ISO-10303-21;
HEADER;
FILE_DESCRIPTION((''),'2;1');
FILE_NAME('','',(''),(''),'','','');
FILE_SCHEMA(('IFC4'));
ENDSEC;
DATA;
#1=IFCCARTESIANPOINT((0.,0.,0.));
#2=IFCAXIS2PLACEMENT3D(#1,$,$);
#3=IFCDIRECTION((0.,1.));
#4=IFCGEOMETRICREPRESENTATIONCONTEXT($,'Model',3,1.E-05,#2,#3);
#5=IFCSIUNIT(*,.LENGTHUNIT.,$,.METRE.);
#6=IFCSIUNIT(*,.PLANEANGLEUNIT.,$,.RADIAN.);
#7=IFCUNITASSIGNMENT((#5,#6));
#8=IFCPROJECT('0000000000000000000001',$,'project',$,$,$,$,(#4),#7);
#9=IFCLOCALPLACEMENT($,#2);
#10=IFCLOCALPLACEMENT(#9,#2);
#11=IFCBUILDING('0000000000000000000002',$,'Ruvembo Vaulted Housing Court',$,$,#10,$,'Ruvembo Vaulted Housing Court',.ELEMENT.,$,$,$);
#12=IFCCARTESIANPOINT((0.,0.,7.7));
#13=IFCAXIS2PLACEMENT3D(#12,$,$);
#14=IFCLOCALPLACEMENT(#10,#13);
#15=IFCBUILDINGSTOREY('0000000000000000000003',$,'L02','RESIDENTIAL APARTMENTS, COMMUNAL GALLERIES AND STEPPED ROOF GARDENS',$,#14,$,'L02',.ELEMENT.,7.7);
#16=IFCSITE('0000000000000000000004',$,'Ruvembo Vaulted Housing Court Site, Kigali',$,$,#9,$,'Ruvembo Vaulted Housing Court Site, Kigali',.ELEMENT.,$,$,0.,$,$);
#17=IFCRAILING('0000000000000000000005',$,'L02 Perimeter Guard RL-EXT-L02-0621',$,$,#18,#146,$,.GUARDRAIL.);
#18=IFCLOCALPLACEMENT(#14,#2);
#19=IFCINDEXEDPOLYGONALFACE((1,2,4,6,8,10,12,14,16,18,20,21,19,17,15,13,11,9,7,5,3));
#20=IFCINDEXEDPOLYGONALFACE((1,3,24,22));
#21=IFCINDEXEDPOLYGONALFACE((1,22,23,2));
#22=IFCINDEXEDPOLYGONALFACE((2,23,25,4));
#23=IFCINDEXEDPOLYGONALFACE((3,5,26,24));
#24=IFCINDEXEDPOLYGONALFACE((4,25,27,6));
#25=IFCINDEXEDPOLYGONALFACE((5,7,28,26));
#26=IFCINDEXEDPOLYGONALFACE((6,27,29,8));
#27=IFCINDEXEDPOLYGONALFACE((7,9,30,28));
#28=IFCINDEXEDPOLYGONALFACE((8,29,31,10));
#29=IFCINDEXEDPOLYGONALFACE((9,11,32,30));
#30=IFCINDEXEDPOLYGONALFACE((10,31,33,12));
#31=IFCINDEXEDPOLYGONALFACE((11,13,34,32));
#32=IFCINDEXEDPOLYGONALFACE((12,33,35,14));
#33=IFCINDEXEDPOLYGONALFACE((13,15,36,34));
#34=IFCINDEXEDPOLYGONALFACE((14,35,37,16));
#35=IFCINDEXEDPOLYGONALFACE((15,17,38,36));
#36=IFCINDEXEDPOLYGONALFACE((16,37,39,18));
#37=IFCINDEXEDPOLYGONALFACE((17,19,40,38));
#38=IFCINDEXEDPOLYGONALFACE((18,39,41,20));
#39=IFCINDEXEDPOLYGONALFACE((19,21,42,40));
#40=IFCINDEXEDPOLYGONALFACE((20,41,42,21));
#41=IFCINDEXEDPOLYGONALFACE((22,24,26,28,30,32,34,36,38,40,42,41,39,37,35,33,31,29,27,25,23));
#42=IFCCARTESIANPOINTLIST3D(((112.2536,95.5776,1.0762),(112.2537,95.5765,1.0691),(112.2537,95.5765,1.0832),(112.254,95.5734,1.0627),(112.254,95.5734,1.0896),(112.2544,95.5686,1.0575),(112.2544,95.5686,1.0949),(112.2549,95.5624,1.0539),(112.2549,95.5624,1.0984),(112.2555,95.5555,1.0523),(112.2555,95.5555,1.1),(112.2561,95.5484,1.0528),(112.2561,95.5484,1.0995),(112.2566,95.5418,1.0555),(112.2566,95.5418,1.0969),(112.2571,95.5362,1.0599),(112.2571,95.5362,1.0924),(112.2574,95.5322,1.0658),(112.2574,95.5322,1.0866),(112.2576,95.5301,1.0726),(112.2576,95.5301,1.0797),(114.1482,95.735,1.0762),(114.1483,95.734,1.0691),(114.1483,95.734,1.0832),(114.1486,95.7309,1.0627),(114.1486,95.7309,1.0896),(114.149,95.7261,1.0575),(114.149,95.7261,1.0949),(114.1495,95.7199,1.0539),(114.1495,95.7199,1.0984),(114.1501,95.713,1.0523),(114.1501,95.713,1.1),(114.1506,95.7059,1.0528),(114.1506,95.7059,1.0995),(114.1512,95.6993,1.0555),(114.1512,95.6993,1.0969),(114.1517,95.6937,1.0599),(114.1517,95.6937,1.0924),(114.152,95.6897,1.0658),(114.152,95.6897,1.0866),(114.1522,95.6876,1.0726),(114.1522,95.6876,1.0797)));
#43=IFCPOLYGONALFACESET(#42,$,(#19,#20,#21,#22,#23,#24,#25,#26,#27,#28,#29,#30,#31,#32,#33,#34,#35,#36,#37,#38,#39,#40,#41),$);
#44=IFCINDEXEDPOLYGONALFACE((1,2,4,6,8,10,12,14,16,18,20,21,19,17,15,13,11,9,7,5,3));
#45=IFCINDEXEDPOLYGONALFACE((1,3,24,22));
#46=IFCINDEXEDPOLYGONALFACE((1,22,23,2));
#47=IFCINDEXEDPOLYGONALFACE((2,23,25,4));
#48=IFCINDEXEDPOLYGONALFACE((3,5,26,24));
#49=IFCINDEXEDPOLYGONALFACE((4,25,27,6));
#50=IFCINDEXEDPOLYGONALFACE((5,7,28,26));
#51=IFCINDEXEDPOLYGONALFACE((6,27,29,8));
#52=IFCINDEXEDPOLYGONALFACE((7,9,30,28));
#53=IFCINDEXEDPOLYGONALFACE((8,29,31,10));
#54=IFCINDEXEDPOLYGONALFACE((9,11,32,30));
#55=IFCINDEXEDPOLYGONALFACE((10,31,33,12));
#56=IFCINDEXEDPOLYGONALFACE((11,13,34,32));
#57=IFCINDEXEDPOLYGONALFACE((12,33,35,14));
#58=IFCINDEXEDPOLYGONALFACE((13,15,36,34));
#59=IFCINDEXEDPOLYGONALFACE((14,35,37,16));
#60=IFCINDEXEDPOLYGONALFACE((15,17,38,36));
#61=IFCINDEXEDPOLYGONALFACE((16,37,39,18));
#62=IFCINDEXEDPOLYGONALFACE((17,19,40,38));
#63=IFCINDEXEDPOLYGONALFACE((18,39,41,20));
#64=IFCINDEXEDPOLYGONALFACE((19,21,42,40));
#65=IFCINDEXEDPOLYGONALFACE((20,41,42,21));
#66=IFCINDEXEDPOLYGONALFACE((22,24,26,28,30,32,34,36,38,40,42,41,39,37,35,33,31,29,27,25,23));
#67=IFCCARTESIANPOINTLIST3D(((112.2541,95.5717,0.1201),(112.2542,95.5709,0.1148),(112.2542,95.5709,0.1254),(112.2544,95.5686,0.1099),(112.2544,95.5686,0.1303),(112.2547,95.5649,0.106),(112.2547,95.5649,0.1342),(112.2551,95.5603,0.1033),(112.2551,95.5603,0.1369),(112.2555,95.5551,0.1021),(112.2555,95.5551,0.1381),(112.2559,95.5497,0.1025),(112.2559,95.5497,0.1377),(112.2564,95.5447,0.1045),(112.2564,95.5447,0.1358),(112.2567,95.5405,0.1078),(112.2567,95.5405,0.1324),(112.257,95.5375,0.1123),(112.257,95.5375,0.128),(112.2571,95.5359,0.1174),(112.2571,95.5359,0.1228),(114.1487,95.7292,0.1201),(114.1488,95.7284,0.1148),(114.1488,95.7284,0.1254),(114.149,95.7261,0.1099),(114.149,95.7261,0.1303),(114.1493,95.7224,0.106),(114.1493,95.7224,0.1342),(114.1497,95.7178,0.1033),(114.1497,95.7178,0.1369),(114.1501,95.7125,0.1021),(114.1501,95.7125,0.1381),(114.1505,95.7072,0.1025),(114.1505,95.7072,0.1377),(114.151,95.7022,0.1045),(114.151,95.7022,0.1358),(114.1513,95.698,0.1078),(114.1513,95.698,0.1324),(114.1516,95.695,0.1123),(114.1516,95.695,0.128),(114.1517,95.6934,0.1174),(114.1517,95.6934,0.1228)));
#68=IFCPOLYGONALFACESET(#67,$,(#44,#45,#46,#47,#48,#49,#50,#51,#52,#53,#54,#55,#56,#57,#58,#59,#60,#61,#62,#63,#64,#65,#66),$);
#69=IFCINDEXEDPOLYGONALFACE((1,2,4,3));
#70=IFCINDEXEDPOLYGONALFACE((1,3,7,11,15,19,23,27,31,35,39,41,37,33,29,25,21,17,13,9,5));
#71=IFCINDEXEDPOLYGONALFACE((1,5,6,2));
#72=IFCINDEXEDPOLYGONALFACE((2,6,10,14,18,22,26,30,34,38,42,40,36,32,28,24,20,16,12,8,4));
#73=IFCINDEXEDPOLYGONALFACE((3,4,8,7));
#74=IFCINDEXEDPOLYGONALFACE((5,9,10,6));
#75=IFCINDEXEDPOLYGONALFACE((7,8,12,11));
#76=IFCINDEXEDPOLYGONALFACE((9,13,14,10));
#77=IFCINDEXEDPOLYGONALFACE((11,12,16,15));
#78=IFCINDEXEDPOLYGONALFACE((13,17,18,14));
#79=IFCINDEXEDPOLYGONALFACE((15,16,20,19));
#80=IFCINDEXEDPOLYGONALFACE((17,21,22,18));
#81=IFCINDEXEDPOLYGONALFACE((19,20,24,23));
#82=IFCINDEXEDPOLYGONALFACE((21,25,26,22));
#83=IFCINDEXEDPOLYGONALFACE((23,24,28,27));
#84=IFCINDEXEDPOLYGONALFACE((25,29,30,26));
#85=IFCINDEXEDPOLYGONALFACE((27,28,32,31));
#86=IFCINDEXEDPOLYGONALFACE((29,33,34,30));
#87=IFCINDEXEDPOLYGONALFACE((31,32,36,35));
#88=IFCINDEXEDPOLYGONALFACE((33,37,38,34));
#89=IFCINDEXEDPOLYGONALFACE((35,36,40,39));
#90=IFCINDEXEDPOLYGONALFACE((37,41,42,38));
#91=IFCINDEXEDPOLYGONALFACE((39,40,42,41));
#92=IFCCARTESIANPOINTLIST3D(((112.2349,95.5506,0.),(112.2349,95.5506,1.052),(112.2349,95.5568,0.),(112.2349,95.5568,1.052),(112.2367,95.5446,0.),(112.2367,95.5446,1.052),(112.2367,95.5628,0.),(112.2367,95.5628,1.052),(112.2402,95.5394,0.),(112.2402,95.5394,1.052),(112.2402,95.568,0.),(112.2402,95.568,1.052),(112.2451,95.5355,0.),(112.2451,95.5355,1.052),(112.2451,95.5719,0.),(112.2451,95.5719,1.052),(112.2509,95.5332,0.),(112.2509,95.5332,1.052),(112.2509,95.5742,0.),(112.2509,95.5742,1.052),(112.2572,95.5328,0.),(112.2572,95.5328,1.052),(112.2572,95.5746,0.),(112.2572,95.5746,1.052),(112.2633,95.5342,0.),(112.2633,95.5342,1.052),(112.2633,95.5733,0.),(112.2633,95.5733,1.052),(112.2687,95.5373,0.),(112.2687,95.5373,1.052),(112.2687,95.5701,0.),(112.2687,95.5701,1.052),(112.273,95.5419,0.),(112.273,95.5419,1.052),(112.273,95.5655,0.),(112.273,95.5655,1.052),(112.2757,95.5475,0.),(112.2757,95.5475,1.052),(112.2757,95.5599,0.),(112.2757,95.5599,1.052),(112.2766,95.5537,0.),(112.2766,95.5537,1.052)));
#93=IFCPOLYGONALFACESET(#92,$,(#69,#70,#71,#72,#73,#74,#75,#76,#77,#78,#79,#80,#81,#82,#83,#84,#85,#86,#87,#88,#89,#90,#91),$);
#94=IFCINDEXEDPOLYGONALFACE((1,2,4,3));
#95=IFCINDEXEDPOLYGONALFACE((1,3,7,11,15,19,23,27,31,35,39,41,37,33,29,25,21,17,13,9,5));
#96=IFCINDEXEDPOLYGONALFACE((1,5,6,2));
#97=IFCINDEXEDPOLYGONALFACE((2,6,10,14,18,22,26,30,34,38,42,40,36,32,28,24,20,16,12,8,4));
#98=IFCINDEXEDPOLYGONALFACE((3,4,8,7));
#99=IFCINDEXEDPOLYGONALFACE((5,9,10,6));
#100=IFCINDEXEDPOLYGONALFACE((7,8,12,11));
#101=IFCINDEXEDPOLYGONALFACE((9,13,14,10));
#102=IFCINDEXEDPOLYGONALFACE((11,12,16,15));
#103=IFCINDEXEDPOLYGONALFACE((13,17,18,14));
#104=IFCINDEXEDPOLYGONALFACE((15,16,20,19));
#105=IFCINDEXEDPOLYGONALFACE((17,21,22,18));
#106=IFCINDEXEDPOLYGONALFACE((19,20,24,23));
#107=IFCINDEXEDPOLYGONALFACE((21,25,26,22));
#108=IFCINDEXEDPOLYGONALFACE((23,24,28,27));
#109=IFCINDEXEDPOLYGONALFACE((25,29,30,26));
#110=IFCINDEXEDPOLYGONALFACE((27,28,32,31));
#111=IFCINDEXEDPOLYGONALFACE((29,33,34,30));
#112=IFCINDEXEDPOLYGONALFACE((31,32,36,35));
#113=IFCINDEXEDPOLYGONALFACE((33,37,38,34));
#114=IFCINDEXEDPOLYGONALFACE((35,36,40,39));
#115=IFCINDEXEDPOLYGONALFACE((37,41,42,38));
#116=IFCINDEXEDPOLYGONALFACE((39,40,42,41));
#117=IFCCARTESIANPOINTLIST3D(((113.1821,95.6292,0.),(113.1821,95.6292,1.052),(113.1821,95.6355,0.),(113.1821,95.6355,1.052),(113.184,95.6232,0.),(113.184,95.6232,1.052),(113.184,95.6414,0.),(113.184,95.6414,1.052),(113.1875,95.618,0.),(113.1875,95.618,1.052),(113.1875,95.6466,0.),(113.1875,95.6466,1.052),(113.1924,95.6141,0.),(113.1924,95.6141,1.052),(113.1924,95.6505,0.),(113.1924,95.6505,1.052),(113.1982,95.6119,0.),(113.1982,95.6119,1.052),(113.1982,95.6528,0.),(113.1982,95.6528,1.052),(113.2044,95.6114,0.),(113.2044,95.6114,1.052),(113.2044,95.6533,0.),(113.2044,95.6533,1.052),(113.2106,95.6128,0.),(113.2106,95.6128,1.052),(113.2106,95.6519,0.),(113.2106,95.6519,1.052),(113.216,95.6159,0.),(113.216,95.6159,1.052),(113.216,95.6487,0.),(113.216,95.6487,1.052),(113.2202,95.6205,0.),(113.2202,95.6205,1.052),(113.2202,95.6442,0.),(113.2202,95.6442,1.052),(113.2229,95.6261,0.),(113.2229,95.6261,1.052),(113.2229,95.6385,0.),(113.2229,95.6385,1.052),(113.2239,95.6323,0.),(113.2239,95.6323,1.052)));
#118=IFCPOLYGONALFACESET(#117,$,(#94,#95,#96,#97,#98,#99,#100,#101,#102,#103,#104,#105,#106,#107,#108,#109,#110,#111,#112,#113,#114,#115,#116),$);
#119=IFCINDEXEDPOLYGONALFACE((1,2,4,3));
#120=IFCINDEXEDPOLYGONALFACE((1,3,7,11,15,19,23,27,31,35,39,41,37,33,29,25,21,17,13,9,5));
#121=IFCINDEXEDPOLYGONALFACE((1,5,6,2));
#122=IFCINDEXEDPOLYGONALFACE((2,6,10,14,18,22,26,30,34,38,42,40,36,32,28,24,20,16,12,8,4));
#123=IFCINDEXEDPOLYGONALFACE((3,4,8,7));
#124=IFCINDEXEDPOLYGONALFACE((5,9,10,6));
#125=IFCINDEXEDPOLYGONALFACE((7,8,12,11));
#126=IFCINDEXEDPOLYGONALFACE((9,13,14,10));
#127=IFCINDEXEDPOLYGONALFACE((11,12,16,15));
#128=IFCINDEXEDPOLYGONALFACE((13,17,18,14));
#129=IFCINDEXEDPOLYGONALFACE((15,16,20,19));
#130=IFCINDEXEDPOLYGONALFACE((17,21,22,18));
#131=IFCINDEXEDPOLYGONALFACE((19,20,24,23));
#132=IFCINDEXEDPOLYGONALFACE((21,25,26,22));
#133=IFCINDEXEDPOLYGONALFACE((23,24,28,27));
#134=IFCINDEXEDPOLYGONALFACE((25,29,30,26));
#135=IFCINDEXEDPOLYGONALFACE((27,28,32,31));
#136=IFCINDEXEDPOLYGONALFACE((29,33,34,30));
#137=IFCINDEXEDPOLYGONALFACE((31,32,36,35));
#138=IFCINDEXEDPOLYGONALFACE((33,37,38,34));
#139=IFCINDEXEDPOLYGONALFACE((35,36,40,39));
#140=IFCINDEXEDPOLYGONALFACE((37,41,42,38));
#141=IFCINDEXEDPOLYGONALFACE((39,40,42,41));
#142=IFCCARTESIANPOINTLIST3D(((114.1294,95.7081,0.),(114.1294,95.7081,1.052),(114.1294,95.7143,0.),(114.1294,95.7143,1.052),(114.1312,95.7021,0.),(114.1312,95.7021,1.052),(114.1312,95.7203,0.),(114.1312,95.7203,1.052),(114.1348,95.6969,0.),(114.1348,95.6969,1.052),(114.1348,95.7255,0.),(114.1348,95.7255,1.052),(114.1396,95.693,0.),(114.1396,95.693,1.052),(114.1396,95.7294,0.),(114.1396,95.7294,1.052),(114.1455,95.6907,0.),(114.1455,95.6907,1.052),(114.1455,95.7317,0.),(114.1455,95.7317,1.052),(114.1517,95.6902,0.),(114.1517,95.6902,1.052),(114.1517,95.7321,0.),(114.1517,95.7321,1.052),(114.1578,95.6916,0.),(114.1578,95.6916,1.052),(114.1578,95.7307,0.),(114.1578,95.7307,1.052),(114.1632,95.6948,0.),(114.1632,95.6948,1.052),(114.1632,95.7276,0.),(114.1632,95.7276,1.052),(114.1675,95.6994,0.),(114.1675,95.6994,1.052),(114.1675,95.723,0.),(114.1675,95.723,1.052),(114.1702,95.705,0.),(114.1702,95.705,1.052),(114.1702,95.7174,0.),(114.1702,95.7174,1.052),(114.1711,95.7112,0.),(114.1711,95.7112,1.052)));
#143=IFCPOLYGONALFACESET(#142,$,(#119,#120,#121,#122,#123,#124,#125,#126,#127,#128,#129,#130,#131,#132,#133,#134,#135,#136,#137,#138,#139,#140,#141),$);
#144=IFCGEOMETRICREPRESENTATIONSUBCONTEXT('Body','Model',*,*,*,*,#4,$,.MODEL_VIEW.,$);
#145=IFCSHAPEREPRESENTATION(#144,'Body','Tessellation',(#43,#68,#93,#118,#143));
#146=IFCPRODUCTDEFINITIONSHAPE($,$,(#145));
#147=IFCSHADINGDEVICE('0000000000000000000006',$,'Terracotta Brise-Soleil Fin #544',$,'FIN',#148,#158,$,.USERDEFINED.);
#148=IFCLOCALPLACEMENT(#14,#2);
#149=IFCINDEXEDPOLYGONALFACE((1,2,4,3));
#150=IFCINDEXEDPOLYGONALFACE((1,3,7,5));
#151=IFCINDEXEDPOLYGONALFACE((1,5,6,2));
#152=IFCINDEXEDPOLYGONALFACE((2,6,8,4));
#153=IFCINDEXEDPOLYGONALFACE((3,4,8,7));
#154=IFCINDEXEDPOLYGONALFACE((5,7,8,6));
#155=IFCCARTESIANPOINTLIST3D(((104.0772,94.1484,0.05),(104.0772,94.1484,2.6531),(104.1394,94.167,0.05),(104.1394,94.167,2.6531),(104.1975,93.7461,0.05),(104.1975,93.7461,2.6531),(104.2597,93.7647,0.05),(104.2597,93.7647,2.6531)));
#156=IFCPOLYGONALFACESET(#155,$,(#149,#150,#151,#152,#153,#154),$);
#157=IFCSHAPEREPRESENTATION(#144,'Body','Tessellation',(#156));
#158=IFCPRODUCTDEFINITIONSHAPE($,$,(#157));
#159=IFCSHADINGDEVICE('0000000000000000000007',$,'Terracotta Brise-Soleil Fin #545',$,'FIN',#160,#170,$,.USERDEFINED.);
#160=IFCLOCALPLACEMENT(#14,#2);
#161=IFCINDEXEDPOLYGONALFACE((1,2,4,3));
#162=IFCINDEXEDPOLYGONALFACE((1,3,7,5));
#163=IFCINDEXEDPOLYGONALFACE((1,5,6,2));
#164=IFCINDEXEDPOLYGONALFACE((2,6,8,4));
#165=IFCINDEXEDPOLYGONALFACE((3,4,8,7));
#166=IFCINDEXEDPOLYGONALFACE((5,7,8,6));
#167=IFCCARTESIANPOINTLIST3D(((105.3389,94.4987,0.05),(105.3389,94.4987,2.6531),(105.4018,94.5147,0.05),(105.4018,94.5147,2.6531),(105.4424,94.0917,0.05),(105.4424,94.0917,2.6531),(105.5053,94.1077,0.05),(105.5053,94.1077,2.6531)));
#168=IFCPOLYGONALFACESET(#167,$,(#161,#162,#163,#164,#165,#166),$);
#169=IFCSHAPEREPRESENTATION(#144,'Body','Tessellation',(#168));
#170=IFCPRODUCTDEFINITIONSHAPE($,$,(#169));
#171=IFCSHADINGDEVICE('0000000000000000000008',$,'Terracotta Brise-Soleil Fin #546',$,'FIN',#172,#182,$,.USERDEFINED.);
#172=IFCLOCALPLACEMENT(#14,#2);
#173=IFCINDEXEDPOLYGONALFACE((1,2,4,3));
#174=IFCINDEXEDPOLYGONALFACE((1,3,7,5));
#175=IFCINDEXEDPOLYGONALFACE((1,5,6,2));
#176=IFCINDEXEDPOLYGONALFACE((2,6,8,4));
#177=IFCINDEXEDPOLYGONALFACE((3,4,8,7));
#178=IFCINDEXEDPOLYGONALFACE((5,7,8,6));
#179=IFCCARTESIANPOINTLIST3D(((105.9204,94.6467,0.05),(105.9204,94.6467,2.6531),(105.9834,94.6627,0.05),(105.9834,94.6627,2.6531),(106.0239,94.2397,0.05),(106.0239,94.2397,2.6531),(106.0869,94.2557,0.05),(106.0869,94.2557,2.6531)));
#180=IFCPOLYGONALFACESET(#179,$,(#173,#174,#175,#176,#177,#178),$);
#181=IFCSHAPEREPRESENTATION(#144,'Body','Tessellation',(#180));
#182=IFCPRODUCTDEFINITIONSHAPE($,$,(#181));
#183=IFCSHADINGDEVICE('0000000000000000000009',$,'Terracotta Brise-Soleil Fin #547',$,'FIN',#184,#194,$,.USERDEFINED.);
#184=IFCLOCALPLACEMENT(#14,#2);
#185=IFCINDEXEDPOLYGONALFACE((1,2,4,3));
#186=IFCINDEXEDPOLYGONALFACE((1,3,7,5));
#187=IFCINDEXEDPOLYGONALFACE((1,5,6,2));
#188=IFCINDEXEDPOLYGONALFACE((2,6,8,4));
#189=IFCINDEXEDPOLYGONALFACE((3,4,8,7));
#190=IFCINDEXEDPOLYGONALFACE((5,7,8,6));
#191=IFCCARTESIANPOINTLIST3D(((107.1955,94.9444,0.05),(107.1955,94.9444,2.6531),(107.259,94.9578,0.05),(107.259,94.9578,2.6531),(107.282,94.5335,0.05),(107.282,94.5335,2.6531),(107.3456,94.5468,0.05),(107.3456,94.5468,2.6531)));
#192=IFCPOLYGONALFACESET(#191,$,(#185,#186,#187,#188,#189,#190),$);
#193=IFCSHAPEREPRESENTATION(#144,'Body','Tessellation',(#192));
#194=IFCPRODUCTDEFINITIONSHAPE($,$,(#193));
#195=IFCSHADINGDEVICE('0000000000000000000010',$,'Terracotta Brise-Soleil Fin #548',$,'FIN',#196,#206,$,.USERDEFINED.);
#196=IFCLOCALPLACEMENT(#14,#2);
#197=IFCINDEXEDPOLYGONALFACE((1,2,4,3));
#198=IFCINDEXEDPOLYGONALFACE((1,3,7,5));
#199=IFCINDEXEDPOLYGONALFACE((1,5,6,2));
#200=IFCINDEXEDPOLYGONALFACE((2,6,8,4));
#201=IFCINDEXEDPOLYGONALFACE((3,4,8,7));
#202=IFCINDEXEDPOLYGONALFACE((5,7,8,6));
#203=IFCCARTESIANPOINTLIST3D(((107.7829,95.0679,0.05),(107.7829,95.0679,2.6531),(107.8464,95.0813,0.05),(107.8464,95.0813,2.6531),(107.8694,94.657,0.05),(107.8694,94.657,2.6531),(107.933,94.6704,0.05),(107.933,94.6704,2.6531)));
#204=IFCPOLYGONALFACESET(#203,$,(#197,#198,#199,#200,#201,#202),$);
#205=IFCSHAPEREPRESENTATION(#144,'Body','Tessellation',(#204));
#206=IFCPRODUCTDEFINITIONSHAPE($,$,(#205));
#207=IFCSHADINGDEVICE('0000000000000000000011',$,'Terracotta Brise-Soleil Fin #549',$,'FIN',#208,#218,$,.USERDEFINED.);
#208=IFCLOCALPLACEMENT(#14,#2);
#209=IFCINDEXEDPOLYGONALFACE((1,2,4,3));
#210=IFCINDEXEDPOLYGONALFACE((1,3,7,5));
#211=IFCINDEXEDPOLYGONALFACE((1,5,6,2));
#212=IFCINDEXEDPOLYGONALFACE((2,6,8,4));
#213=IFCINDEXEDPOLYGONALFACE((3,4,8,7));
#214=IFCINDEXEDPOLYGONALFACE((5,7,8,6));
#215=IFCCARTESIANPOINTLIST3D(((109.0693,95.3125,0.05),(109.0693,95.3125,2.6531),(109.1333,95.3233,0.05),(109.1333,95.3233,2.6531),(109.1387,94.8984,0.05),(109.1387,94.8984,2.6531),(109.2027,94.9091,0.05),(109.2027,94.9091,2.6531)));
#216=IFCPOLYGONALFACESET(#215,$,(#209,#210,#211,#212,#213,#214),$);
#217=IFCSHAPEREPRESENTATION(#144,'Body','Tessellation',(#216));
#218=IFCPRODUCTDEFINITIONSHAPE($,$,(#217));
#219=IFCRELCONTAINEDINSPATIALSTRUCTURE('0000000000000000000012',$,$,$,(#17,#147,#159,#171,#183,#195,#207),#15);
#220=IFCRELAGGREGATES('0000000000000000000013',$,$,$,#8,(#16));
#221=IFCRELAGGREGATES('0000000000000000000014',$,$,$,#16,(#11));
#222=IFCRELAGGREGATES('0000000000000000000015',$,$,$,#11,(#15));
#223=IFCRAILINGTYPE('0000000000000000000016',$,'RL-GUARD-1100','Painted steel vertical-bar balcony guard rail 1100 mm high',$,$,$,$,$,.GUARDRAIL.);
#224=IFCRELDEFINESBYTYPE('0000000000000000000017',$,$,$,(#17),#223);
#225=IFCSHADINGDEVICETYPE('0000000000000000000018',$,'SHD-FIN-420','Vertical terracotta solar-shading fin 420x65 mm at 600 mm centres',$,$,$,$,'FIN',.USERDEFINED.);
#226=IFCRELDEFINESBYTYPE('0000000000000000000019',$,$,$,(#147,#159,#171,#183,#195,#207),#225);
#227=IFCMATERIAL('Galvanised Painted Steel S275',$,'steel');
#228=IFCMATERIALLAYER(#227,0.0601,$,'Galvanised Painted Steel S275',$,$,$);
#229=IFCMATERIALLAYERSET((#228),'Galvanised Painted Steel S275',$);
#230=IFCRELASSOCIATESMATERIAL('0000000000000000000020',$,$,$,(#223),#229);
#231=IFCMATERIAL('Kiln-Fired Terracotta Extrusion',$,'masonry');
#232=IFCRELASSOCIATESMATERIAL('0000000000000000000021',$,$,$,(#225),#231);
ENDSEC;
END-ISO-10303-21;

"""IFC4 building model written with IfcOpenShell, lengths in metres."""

from ifc_helpers import new_model, si_unit, direction, frame, origin, origin_2d, place, context, subcontext, project, spatial, rectangle, circle, extrude, material, layer, layer_set, type_object, element, save


model = new_model("IFC4")

# Units and contexts
model_context = context("Model", 3, precision=1e-05, world=origin(), true_north=direction((0.0, 1.0)))
body_context = subcontext(model_context, "Body", "Model", "MODEL_VIEW")
ifc_project = project(units=[si_unit("LENGTHUNIT", "METRE"), si_unit("PLANEANGLEUNIT", "RADIAN")], contexts=[model_context])

# Site, building, storey
site_placement = place(None, origin())
site = spatial("IfcSite", under=ifc_project, at=site_placement, Name="Ruvembo Vaulted Housing Court Site, Kigali", LongName="Ruvembo Vaulted Housing Court Site, Kigali", CompositionType="ELEMENT", RefElevation=0.0)
building_placement = place(site_placement, origin())
building = spatial("IfcBuilding", under=site, at=building_placement, Name="Ruvembo Vaulted Housing Court", LongName="Ruvembo Vaulted Housing Court", CompositionType="ELEMENT")
storey_placement = place(building_placement, frame((0.0, 0.0, 7.7)))
storey = spatial("IfcBuildingStorey", under=building, at=storey_placement, Name="L02", Description="RESIDENTIAL APARTMENTS, COMMUNAL GALLERIES AND STEPPED ROOF GARDENS", LongName="L02", CompositionType="ELEMENT", Elevation=7.7)

# Railing
ifc_material_1 = material(Name="Galvanised Painted Steel S275", Category="steel")
ifc_layer = layer(ifc_material_1, 0.0601, Name="Galvanised Painted Steel S275")
ifc_layer_set = layer_set([ifc_layer], Name="Galvanised Painted Steel S275")
railing_type = type_object("IfcRailingType", Name="RL-GUARD-1100", Description="Painted steel vertical-bar balcony guard rail 1100 mm high", PredefinedType="GUARDRAIL", material=ifc_layer_set)
railing_1_placement = place(storey_placement, frame((112.2556, 95.5537, 0.0)))
element("IfcRailing", 1, at=railing_1_placement, inside=storey, type_object=railing_type, Name="L02 Perimeter Guard RL-EXT-L02-0621", PredefinedType="GUARDRAIL", context=body_context, shape_type="SweptSolid", body=[
    extrude(circle(Radius=0.0239, at=origin_2d()), frame((0.0, 0.0, 1.0762), z_axis=(0.996563, 0.082833, 0.0), x_axis=(-0.082833, 0.996563, 0.0)), (0.0, 0.0, 1.0), 1.9011),
    extrude(circle(Radius=0.0181, at=origin_2d()), frame((0.0, 0.0, 0.1201), z_axis=(0.996563, 0.082833, 0.0), x_axis=(-0.082833, 0.996563, 0.0)), (0.0, 0.0, 1.0), 1.9011),
    extrude(circle(Radius=0.021, at=origin_2d()), origin(), (0.0, 0.0, 1.0), 1.052),
    extrude(circle(Radius=0.021, at=origin_2d()), frame((0.9473, 0.0786, 0.0)), (0.0, 0.0, 1.0), 1.052),
    extrude(circle(Radius=0.021, at=origin_2d()), frame((1.8945, 0.1575, 0.0)), (0.0, 0.0, 1.0), 1.052),
])

# Shading devices
ifc_material_2 = material(Name="Kiln-Fired Terracotta Extrusion", Category="masonry")
shading_device_type = type_object("IfcShadingDeviceType", Name="SHD-FIN-420", Description="Vertical terracotta solar-shading fin 420x65 mm at 600 mm centres", ElementType="FIN", PredefinedType="USERDEFINED", material=ifc_material_2)
for number, where, z_axis, x_axis, name in (
    (2, (104.1685, 93.9565, 0.05), (0.0, 0.0, 1.0), (0.286491, -0.958083, 0.0), "Terracotta Brise-Soleil Fin #544"),
    (3, (105.4221, 94.3032, 0.05), (0.0, 0.0, 1.0), (0.246492, -0.969145, 0.0), "Terracotta Brise-Soleil Fin #545"),
    (4, (106.0037, 94.4512, 0.05), (0.0, 0.0, 1.0), (0.246492, -0.969145, 0.0), "Terracotta Brise-Soleil Fin #546"),
    (5, (107.2705, 94.7456, 0.05), (0.0, 0.0, 1.0), (0.206102, -0.978531, 0.0), "Terracotta Brise-Soleil Fin #547"),
    (6, (107.8579, 94.8691, 0.05), (0.0, 0.0, 1.0), (0.206102, -0.978531, 0.0), "Terracotta Brise-Soleil Fin #548"),
    (7, (109.136, 95.1108, 0.05), (0.0, 0.0, 1.0), (0.165271, -0.986248, 0.0), "Terracotta Brise-Soleil Fin #549"),
):
    element("IfcShadingDevice", number, at=place(storey_placement, frame(where, z_axis=z_axis, x_axis=x_axis)), inside=storey, type_object=shading_device_type, Name=name, ObjectType="FIN", PredefinedType="USERDEFINED", context=body_context, shape_type="SweptSolid", body=[
        extrude(rectangle(XDim=0.4199, YDim=0.0649, at=origin_2d()), origin(), (0.0, 0.0, 1.0), 2.603),
    ])

save(model, "model.ifc")
